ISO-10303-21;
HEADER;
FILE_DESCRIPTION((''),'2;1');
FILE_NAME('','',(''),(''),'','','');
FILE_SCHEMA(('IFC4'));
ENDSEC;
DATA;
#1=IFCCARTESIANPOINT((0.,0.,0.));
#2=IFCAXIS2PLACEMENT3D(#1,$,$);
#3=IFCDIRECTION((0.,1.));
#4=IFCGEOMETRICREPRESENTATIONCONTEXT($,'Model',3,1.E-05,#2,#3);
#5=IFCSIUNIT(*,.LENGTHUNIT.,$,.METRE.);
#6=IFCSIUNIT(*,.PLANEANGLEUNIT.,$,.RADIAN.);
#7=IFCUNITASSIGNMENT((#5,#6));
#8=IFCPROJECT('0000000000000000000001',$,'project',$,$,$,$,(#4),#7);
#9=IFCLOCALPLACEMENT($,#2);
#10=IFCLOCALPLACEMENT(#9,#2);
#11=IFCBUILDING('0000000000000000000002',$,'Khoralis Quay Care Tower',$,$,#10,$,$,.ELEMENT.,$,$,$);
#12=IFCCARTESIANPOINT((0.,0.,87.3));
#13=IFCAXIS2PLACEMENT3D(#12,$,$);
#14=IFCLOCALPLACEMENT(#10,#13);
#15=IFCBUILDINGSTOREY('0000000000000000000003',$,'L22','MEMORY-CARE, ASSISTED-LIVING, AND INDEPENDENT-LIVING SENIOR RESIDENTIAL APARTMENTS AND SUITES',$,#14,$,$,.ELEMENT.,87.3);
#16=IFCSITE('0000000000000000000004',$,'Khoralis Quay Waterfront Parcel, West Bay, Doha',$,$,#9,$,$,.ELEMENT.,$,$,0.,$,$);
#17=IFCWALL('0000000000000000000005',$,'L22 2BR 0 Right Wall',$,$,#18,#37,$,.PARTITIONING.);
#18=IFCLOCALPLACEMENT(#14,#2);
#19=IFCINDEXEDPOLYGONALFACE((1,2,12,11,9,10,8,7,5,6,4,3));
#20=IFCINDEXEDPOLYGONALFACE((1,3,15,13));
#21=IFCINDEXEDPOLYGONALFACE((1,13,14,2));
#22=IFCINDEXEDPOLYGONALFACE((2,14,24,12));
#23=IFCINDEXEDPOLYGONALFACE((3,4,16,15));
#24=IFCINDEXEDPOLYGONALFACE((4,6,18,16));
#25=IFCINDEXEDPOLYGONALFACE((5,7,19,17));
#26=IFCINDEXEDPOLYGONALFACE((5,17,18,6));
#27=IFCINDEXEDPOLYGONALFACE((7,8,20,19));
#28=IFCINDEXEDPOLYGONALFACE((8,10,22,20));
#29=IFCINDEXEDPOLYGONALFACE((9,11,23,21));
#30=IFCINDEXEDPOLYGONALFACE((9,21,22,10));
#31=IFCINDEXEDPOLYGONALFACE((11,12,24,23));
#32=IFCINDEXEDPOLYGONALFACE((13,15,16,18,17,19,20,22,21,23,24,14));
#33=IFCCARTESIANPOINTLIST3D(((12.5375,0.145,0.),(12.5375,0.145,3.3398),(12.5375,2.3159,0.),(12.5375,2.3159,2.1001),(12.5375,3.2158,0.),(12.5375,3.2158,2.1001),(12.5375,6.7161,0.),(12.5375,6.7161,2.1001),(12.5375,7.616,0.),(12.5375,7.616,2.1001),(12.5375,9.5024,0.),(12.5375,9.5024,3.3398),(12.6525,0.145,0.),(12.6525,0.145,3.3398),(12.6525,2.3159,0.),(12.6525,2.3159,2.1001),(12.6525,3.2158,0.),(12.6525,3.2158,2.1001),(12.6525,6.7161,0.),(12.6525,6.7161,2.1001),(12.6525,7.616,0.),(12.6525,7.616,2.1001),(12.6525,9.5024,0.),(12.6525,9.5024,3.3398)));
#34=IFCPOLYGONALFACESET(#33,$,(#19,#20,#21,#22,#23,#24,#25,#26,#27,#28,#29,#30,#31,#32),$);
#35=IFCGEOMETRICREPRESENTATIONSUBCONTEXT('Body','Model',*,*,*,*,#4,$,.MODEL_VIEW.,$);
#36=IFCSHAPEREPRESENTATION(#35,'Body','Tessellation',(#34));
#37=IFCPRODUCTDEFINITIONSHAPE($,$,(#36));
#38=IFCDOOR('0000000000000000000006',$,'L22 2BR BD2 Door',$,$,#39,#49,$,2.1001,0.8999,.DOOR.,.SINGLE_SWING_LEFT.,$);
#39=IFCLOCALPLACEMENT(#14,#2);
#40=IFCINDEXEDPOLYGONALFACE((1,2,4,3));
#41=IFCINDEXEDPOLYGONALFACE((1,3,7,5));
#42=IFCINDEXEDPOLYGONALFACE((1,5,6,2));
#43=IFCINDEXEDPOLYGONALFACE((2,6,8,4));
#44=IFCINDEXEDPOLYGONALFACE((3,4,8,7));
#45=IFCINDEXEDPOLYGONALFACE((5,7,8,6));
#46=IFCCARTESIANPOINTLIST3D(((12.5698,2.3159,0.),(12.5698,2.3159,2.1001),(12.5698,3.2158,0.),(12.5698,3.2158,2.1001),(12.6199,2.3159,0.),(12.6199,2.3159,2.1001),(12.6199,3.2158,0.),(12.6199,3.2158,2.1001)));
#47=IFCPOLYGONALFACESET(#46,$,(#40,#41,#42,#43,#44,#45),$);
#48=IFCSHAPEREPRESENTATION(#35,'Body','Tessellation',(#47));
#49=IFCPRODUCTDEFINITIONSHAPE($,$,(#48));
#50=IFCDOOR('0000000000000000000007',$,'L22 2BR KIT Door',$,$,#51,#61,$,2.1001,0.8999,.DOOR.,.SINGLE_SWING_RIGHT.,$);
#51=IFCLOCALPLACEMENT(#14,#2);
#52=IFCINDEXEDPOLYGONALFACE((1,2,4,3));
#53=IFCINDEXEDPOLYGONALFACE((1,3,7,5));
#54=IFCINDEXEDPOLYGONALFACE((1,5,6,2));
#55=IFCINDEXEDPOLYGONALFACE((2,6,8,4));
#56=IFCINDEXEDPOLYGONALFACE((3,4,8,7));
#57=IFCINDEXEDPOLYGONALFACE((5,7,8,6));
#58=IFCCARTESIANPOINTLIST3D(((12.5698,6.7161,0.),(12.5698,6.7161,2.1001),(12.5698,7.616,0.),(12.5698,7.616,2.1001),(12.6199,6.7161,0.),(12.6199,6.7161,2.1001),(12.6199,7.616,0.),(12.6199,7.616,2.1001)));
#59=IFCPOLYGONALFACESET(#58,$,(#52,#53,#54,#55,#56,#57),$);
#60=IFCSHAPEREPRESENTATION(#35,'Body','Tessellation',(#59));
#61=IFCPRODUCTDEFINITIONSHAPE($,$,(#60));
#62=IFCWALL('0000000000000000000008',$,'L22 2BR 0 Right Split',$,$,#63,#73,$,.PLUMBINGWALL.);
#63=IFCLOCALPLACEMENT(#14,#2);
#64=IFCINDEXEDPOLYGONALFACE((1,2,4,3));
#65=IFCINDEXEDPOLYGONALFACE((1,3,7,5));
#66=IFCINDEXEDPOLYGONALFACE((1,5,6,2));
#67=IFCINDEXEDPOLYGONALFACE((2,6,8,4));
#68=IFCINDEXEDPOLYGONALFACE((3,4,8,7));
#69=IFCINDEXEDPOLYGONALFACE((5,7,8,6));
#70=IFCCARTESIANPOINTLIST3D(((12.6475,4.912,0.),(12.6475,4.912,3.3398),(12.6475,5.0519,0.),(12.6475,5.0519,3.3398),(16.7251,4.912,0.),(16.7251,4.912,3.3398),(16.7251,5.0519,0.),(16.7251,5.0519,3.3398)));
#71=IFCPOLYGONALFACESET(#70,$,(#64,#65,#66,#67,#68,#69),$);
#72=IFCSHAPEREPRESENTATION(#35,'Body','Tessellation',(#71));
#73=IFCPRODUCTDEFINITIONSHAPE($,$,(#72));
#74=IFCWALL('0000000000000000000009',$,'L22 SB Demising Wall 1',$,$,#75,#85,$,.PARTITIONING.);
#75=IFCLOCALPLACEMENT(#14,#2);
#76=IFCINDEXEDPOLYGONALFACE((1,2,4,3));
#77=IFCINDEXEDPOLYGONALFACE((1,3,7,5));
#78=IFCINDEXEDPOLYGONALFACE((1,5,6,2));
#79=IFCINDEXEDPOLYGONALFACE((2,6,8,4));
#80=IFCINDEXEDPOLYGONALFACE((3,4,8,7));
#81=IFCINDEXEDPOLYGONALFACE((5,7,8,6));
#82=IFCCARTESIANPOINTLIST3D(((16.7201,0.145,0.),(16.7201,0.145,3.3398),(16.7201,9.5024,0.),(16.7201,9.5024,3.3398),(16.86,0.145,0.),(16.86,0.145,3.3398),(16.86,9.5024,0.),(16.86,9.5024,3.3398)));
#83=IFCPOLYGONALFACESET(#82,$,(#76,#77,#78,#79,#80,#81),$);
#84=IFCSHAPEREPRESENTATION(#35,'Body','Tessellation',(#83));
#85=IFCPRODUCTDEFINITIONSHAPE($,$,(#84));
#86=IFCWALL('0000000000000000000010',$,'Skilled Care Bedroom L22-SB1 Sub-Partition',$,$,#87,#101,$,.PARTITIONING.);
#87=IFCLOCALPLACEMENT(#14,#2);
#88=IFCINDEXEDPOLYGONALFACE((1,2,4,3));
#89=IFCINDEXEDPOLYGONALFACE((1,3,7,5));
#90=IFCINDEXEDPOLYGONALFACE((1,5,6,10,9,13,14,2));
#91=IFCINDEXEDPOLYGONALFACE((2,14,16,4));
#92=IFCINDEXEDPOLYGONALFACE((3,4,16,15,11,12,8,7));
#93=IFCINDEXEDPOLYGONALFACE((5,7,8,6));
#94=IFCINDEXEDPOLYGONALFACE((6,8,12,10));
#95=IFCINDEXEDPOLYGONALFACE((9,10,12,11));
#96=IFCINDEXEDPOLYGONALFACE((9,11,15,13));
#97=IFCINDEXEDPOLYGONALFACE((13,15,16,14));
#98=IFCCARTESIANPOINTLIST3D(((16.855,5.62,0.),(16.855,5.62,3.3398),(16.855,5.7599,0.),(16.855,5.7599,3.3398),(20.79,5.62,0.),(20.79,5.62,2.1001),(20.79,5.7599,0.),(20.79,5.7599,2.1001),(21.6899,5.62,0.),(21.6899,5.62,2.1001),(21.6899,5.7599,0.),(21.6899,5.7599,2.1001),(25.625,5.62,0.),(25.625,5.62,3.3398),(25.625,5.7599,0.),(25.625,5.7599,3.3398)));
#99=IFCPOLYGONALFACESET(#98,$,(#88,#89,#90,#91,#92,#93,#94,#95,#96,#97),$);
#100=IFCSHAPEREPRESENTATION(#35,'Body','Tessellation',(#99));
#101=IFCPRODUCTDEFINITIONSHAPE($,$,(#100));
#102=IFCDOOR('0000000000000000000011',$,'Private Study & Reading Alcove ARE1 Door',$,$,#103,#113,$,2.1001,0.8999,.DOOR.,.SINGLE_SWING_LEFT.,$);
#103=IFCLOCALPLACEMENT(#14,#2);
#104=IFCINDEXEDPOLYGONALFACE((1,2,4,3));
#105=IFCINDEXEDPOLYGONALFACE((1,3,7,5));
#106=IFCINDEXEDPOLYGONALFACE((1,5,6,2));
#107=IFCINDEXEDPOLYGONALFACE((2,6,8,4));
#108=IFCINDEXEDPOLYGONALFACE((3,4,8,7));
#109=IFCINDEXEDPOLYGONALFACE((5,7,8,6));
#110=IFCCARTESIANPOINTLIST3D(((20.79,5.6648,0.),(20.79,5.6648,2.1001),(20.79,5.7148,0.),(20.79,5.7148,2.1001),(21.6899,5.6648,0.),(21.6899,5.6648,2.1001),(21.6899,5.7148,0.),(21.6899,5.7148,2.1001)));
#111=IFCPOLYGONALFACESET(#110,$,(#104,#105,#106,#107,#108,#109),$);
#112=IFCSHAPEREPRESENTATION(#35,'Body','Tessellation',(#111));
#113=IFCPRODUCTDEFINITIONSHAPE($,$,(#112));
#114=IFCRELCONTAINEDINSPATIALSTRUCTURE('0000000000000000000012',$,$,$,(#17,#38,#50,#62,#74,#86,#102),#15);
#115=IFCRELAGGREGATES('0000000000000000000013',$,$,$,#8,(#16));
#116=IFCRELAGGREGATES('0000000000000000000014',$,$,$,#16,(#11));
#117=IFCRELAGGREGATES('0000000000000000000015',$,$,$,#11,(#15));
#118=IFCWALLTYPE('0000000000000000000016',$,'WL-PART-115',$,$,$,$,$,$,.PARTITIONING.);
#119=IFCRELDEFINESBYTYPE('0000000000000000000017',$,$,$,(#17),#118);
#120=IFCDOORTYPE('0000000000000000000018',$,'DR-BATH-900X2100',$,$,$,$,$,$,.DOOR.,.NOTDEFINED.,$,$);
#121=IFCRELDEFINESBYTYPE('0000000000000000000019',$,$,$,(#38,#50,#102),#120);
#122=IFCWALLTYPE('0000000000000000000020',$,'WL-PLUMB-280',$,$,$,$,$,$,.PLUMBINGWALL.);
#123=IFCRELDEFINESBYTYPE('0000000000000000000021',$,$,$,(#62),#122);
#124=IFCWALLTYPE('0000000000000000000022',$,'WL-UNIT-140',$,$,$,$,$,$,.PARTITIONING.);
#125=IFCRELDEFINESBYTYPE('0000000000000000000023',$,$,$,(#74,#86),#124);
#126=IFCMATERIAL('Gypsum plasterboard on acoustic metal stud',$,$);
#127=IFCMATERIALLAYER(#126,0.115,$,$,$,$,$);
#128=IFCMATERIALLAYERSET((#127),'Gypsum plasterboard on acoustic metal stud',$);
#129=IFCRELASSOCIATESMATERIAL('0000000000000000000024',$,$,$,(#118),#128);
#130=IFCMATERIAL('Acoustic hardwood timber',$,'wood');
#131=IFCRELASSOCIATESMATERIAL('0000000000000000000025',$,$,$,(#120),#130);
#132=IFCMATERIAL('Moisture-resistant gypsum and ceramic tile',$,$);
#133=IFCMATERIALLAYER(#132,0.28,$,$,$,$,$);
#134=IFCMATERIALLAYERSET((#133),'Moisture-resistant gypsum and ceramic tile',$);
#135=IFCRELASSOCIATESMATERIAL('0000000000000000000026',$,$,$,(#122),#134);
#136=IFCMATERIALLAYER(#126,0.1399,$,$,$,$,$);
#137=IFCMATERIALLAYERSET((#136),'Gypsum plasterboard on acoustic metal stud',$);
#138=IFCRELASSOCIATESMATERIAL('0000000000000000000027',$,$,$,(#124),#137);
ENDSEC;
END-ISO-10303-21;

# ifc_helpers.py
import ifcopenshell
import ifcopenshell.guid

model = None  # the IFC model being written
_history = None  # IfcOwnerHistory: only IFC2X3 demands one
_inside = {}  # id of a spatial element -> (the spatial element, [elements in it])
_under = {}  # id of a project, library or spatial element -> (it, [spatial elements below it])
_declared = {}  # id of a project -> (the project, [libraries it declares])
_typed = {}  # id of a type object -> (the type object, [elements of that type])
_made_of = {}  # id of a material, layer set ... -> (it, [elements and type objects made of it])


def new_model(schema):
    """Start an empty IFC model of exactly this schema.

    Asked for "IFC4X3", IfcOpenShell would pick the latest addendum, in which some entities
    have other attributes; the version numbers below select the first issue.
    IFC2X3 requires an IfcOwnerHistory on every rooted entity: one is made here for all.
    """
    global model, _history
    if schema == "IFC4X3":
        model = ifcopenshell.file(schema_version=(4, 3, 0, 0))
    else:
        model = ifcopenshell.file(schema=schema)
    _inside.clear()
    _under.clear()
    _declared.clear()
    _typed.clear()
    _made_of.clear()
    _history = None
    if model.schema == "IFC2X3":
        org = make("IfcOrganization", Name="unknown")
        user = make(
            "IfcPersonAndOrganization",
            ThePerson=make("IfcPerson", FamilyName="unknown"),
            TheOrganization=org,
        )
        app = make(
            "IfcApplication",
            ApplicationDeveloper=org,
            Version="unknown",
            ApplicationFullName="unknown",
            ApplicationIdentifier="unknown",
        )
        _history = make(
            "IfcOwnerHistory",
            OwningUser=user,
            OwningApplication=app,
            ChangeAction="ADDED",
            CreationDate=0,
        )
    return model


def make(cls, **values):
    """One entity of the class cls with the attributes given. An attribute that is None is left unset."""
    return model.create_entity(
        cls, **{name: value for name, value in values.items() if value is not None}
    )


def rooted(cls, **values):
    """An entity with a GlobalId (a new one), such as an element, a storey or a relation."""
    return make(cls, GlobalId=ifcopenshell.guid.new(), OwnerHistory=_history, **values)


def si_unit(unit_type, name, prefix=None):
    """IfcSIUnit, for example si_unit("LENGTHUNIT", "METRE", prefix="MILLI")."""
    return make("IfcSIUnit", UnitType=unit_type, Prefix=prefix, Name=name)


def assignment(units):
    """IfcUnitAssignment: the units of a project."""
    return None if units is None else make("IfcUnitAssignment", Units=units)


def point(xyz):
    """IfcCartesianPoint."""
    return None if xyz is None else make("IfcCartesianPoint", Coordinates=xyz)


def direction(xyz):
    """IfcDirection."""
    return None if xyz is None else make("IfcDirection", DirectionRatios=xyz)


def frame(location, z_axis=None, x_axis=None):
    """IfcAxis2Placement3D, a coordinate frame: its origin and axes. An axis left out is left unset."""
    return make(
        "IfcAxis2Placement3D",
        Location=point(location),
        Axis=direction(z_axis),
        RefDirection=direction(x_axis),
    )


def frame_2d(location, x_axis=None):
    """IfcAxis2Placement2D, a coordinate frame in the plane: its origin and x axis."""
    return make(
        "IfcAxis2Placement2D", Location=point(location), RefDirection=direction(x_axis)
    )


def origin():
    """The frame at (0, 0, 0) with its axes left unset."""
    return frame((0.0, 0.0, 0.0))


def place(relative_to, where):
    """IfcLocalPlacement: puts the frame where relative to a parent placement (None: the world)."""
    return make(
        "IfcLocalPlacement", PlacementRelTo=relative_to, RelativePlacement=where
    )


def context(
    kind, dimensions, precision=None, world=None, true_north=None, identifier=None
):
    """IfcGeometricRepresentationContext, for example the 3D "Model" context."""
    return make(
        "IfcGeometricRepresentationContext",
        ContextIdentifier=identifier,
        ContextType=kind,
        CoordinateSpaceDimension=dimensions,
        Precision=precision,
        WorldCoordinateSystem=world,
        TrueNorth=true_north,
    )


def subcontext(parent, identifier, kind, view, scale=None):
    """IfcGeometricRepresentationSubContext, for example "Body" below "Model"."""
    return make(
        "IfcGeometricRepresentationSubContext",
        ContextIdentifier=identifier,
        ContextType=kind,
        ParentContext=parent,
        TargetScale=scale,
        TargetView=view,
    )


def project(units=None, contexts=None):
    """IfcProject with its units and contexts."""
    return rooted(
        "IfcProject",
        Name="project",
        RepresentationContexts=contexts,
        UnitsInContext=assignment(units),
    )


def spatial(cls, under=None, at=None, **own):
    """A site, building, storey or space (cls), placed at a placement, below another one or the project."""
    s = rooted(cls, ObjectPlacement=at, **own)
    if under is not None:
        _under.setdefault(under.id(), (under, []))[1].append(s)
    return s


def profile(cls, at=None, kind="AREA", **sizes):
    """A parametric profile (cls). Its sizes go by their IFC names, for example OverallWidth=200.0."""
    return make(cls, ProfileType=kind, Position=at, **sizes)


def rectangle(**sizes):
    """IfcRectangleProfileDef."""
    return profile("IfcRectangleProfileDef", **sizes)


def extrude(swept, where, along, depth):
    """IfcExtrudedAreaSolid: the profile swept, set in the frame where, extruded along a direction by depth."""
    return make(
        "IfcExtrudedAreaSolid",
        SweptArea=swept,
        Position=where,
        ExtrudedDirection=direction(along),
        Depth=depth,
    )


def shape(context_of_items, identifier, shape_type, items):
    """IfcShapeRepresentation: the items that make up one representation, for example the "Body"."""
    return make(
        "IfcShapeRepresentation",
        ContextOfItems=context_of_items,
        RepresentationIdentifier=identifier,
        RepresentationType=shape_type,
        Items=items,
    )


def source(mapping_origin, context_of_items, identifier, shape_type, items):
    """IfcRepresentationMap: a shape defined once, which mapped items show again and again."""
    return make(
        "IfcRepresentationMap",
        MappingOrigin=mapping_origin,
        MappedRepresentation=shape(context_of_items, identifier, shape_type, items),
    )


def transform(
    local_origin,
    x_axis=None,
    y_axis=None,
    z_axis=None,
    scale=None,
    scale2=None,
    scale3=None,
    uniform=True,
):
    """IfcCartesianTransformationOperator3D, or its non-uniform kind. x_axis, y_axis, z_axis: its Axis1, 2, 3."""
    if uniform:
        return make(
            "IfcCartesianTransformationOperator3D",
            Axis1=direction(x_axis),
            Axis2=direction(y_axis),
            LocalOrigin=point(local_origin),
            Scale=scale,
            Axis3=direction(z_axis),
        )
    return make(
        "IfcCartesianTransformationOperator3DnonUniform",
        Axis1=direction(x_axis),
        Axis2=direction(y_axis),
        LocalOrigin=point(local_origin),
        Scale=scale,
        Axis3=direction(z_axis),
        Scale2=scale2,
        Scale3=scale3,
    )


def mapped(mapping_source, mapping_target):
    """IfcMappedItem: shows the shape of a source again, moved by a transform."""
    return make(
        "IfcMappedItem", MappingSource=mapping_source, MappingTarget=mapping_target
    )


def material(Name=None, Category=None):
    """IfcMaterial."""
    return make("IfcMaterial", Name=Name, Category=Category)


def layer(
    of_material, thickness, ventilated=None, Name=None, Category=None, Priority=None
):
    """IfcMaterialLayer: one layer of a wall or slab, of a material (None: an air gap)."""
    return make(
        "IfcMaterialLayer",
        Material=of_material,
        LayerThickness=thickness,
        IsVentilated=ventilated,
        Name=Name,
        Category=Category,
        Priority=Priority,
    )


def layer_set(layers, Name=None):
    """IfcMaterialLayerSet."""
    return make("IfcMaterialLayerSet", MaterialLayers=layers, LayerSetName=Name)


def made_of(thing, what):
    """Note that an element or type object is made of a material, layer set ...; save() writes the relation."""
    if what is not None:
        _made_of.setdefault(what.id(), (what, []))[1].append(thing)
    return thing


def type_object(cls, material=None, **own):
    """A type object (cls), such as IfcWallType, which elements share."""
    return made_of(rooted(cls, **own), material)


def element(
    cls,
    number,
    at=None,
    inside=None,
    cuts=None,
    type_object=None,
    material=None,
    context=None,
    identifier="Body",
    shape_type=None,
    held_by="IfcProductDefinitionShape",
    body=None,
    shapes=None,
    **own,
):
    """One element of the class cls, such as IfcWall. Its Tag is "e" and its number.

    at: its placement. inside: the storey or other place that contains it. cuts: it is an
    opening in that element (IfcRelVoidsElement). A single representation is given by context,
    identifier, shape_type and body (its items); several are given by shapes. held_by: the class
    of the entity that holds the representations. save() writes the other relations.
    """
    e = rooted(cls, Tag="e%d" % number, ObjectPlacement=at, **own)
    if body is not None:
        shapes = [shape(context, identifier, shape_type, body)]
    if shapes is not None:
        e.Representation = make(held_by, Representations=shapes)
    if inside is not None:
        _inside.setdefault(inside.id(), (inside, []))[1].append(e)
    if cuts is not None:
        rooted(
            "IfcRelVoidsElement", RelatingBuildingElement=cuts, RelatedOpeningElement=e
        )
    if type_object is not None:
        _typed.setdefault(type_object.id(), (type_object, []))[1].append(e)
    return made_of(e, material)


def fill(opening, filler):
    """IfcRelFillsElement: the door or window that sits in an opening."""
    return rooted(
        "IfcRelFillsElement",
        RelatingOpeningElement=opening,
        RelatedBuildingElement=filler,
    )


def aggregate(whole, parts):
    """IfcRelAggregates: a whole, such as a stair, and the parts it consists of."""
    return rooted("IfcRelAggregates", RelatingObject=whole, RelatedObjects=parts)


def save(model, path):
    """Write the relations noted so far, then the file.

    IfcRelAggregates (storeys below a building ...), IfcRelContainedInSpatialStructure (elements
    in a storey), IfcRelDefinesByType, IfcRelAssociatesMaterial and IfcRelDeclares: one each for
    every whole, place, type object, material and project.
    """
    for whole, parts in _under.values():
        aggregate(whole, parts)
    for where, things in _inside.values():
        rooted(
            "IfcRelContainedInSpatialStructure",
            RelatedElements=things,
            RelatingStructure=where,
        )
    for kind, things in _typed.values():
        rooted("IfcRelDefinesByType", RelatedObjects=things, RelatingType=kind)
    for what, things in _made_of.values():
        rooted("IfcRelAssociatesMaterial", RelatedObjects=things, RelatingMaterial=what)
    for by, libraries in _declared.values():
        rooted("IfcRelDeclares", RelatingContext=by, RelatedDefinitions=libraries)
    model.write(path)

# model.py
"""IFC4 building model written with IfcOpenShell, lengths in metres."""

from ifc_helpers import new_model, si_unit, direction, frame, frame_2d, origin, place, context, subcontext, project, spatial, rectangle, extrude, source, transform, mapped, material, layer, layer_set, type_object, element, fill, save


model = new_model("IFC4")

# Units and contexts
model_context = context("Model", 3, precision=1e-05, world=origin(), true_north=direction((0.0, 1.0)))
body_context = subcontext(model_context, "Body", "Model", "MODEL_VIEW")
ifc_project = project(units=[si_unit("LENGTHUNIT", "METRE"), si_unit("PLANEANGLEUNIT", "RADIAN")], contexts=[model_context])

# Site, building, storey
site_placement = place(None, origin())
site = spatial("IfcSite", under=ifc_project, at=site_placement, Name="Khoralis Quay Waterfront Parcel, West Bay, Doha", CompositionType="ELEMENT", RefElevation=0.0)
building_placement = place(site_placement, origin())
building = spatial("IfcBuilding", under=site, at=building_placement, Name="Khoralis Quay Care Tower", CompositionType="ELEMENT")
storey_placement = place(building_placement, frame((0.0, 0.0, 87.3)))
storey = spatial("IfcBuildingStorey", under=building, at=storey_placement, Name="L22", Description="MEMORY-CARE, ASSISTED-LIVING, AND INDEPENDENT-LIVING SENIOR RESIDENTIAL APARTMENTS AND SUITES", CompositionType="ELEMENT", Elevation=87.3)

# Wall, openings, doors
ifc_material_1 = material(Name="Gypsum plasterboard on acoustic metal stud")
ifc_layer_1 = layer(ifc_material_1, 0.115)
ifc_layer_set_1 = layer_set([ifc_layer_1], Name="Gypsum plasterboard on acoustic metal stud")
wall_type_1 = type_object("IfcWallType", Name="WL-PART-115", PredefinedType="PARTITIONING", material=ifc_layer_set_1)
ifc_material_2 = material(Name="Acoustic hardwood timber", Category="wood")
door_type = type_object("IfcDoorType", Name="DR-BATH-900X2100", OperationType="NOTDEFINED", PredefinedType="DOOR", material=ifc_material_2)
shared_shape_1 = source(origin(), body_context, "Body", "SweptSolid", [
    extrude(rectangle(XDim=0.8999, YDim=2.1001, at=frame_2d((0.45, 1.05))), frame((0.0, 0.0249, 0.0), z_axis=(0.0, -1.0, 0.0), x_axis=(1.0, 0.0, 0.0)), (0.0, 0.0, 1.0), 0.05),
])
wall_1_placement = place(storey_placement, frame((12.595, 0.145, 0.0), z_axis=(0.0, 0.0, 1.0), x_axis=(0.0, 1.0, 0.0)))
wall_1 = element("IfcWall", 1, at=wall_1_placement, inside=storey, type_object=wall_type_1, Name="L22 2BR 0 Right Wall", PredefinedType="PARTITIONING", context=body_context, shape_type="SweptSolid", body=[
    extrude(rectangle(XDim=9.3574, YDim=0.115, at=frame_2d((4.6787, 0.0))), origin(), (0.0, 0.0, 1.0), 3.3398),
])
opening_1_placement = place(wall_1_placement, frame((2.1709, 0.0, 0.0)))
opening_1 = element("IfcOpeningElement", 2, at=opening_1_placement, cuts=wall_1, PredefinedType="OPENING", context=body_context, shape_type="SweptSolid", body=[
    extrude(rectangle(XDim=0.8999, YDim=2.1001, at=frame_2d((0.45, 1.05))), frame((0.0, 0.0674, 0.0), z_axis=(0.0, -1.0, 0.0), x_axis=(1.0, 0.0, 0.0)), (0.0, 0.0, 1.0), 0.135),
])
opening_2_placement = place(wall_1_placement, frame((6.571, 0.0, 0.0)))
opening_2 = element("IfcOpeningElement", 3, at=opening_2_placement, cuts=wall_1, PredefinedType="OPENING", context=body_context, shape_type="SweptSolid", body=[
    extrude(rectangle(XDim=0.8999, YDim=2.1001, at=frame_2d((0.45, 1.05))), frame((0.0, 0.0674, 0.0), z_axis=(0.0, -1.0, 0.0), x_axis=(1.0, 0.0, 0.0)), (0.0, 0.0, 1.0), 0.135),
])
door_1_placement = place(opening_1_placement, frame((0.8999, 0.0, 0.0), z_axis=(0.0, 0.0, 1.0), x_axis=(-1.0, 0.0, 0.0)))
door_1 = element("IfcDoor", 4, at=door_1_placement, inside=storey, type_object=door_type, Name="L22 2BR BD2 Door", OperationType="SINGLE_SWING_LEFT", OverallHeight=2.1001, OverallWidth=0.8999, PredefinedType="DOOR", context=body_context, shape_type="MappedRepresentation", body=[
    mapped(shared_shape_1, transform((0.0, 0.0, 0.0), scale=1.0)),
])
fill(opening_1, door_1)
door_2_placement = place(opening_2_placement, frame((0.8999, 0.0, 0.0), z_axis=(0.0, 0.0, 1.0), x_axis=(-1.0, 0.0, 0.0)))
door_2 = element("IfcDoor", 5, at=door_2_placement, inside=storey, type_object=door_type, Name="L22 2BR KIT Door", OperationType="SINGLE_SWING_RIGHT", OverallHeight=2.1001, OverallWidth=0.8999, PredefinedType="DOOR", context=body_context, shape_type="MappedRepresentation", body=[
    mapped(shared_shape_1, transform((0.0, 0.0, 0.0), scale=1.0)),
])
fill(opening_2, door_2)

# Walls
ifc_material_3 = material(Name="Moisture-resistant gypsum and ceramic tile")
ifc_layer_2 = layer(ifc_material_3, 0.28)
ifc_layer_set_2 = layer_set([ifc_layer_2], Name="Moisture-resistant gypsum and ceramic tile")
wall_type_2 = type_object("IfcWallType", Name="WL-PLUMB-280", PredefinedType="PLUMBINGWALL", material=ifc_layer_set_2)
wall_2_placement = place(storey_placement, frame((12.6475, 4.9819, 0.0), z_axis=(0.0, 0.0, 1.0), x_axis=(1.0, 0.0, 0.0)))
element("IfcWall", 6, at=wall_2_placement, inside=storey, type_object=wall_type_2, Name="L22 2BR 0 Right Split", PredefinedType="PLUMBINGWALL", context=body_context, shape_type="SweptSolid", body=[
    extrude(rectangle(XDim=4.0776, YDim=0.1399, at=frame_2d((2.0388, 0.0))), origin(), (0.0, 0.0, 1.0), 3.3398),
])
ifc_layer_3 = layer(ifc_material_1, 0.1399)
ifc_layer_set_3 = layer_set([ifc_layer_3], Name="Gypsum plasterboard on acoustic metal stud")
wall_type_3 = type_object("IfcWallType", Name="WL-UNIT-140", PredefinedType="PARTITIONING", material=ifc_layer_set_3)
wall_3_placement = place(storey_placement, frame((16.79, 0.145, 0.0), z_axis=(0.0, 0.0, 1.0), x_axis=(0.0, 1.0, 0.0)))
element("IfcWall", 7, at=wall_3_placement, inside=storey, type_object=wall_type_3, Name="L22 SB Demising Wall 1", PredefinedType="PARTITIONING", context=body_context, shape_type="SweptSolid", body=[
    extrude(rectangle(XDim=9.3574, YDim=0.1399, at=frame_2d((4.6787, 0.0))), origin(), (0.0, 0.0, 1.0), 3.3398),
])

# Wall, opening, door
wall_4_placement = place(storey_placement, frame((16.855, 5.6899, 0.0), z_axis=(0.0, 0.0, 1.0), x_axis=(1.0, 0.0, 0.0)))
wall_4 = element("IfcWall", 8, at=wall_4_placement, inside=storey, type_object=wall_type_3, Name="Skilled Care Bedroom L22-SB1 Sub-Partition", PredefinedType="PARTITIONING", context=body_context, shape_type="SweptSolid", body=[
    extrude(rectangle(XDim=8.77, YDim=0.1399, at=frame_2d((4.385, 0.0))), origin(), (0.0, 0.0, 1.0), 3.3398),
])
opening_3_placement = place(wall_4_placement, frame((3.9351, 0.0, 0.0)))
opening_3 = element("IfcOpeningElement", 9, at=opening_3_placement, cuts=wall_4, PredefinedType="OPENING", context=body_context, shape_type="SweptSolid", body=[
    extrude(rectangle(XDim=0.8999, YDim=2.1001, at=frame_2d((0.45, 1.05))), frame((0.0, 0.0801, 0.0), z_axis=(0.0, -1.0, 0.0), x_axis=(1.0, 0.0, 0.0)), (0.0, 0.0, 1.0), 0.1599),
])
door_3_placement = place(opening_3_placement, origin())
door_3 = element("IfcDoor", 10, at=door_3_placement, inside=storey, type_object=door_type, Name="Private Study & Reading Alcove ARE1 Door", OperationType="SINGLE_SWING_LEFT", OverallHeight=2.1001, OverallWidth=0.8999, PredefinedType="DOOR", context=body_context, shape_type="MappedRepresentation", body=[
    mapped(shared_shape_1, transform((0.0, 0.0, 0.0), scale=1.0)),
])
fill(opening_3, door_3)

save(model, "model.ifc")
